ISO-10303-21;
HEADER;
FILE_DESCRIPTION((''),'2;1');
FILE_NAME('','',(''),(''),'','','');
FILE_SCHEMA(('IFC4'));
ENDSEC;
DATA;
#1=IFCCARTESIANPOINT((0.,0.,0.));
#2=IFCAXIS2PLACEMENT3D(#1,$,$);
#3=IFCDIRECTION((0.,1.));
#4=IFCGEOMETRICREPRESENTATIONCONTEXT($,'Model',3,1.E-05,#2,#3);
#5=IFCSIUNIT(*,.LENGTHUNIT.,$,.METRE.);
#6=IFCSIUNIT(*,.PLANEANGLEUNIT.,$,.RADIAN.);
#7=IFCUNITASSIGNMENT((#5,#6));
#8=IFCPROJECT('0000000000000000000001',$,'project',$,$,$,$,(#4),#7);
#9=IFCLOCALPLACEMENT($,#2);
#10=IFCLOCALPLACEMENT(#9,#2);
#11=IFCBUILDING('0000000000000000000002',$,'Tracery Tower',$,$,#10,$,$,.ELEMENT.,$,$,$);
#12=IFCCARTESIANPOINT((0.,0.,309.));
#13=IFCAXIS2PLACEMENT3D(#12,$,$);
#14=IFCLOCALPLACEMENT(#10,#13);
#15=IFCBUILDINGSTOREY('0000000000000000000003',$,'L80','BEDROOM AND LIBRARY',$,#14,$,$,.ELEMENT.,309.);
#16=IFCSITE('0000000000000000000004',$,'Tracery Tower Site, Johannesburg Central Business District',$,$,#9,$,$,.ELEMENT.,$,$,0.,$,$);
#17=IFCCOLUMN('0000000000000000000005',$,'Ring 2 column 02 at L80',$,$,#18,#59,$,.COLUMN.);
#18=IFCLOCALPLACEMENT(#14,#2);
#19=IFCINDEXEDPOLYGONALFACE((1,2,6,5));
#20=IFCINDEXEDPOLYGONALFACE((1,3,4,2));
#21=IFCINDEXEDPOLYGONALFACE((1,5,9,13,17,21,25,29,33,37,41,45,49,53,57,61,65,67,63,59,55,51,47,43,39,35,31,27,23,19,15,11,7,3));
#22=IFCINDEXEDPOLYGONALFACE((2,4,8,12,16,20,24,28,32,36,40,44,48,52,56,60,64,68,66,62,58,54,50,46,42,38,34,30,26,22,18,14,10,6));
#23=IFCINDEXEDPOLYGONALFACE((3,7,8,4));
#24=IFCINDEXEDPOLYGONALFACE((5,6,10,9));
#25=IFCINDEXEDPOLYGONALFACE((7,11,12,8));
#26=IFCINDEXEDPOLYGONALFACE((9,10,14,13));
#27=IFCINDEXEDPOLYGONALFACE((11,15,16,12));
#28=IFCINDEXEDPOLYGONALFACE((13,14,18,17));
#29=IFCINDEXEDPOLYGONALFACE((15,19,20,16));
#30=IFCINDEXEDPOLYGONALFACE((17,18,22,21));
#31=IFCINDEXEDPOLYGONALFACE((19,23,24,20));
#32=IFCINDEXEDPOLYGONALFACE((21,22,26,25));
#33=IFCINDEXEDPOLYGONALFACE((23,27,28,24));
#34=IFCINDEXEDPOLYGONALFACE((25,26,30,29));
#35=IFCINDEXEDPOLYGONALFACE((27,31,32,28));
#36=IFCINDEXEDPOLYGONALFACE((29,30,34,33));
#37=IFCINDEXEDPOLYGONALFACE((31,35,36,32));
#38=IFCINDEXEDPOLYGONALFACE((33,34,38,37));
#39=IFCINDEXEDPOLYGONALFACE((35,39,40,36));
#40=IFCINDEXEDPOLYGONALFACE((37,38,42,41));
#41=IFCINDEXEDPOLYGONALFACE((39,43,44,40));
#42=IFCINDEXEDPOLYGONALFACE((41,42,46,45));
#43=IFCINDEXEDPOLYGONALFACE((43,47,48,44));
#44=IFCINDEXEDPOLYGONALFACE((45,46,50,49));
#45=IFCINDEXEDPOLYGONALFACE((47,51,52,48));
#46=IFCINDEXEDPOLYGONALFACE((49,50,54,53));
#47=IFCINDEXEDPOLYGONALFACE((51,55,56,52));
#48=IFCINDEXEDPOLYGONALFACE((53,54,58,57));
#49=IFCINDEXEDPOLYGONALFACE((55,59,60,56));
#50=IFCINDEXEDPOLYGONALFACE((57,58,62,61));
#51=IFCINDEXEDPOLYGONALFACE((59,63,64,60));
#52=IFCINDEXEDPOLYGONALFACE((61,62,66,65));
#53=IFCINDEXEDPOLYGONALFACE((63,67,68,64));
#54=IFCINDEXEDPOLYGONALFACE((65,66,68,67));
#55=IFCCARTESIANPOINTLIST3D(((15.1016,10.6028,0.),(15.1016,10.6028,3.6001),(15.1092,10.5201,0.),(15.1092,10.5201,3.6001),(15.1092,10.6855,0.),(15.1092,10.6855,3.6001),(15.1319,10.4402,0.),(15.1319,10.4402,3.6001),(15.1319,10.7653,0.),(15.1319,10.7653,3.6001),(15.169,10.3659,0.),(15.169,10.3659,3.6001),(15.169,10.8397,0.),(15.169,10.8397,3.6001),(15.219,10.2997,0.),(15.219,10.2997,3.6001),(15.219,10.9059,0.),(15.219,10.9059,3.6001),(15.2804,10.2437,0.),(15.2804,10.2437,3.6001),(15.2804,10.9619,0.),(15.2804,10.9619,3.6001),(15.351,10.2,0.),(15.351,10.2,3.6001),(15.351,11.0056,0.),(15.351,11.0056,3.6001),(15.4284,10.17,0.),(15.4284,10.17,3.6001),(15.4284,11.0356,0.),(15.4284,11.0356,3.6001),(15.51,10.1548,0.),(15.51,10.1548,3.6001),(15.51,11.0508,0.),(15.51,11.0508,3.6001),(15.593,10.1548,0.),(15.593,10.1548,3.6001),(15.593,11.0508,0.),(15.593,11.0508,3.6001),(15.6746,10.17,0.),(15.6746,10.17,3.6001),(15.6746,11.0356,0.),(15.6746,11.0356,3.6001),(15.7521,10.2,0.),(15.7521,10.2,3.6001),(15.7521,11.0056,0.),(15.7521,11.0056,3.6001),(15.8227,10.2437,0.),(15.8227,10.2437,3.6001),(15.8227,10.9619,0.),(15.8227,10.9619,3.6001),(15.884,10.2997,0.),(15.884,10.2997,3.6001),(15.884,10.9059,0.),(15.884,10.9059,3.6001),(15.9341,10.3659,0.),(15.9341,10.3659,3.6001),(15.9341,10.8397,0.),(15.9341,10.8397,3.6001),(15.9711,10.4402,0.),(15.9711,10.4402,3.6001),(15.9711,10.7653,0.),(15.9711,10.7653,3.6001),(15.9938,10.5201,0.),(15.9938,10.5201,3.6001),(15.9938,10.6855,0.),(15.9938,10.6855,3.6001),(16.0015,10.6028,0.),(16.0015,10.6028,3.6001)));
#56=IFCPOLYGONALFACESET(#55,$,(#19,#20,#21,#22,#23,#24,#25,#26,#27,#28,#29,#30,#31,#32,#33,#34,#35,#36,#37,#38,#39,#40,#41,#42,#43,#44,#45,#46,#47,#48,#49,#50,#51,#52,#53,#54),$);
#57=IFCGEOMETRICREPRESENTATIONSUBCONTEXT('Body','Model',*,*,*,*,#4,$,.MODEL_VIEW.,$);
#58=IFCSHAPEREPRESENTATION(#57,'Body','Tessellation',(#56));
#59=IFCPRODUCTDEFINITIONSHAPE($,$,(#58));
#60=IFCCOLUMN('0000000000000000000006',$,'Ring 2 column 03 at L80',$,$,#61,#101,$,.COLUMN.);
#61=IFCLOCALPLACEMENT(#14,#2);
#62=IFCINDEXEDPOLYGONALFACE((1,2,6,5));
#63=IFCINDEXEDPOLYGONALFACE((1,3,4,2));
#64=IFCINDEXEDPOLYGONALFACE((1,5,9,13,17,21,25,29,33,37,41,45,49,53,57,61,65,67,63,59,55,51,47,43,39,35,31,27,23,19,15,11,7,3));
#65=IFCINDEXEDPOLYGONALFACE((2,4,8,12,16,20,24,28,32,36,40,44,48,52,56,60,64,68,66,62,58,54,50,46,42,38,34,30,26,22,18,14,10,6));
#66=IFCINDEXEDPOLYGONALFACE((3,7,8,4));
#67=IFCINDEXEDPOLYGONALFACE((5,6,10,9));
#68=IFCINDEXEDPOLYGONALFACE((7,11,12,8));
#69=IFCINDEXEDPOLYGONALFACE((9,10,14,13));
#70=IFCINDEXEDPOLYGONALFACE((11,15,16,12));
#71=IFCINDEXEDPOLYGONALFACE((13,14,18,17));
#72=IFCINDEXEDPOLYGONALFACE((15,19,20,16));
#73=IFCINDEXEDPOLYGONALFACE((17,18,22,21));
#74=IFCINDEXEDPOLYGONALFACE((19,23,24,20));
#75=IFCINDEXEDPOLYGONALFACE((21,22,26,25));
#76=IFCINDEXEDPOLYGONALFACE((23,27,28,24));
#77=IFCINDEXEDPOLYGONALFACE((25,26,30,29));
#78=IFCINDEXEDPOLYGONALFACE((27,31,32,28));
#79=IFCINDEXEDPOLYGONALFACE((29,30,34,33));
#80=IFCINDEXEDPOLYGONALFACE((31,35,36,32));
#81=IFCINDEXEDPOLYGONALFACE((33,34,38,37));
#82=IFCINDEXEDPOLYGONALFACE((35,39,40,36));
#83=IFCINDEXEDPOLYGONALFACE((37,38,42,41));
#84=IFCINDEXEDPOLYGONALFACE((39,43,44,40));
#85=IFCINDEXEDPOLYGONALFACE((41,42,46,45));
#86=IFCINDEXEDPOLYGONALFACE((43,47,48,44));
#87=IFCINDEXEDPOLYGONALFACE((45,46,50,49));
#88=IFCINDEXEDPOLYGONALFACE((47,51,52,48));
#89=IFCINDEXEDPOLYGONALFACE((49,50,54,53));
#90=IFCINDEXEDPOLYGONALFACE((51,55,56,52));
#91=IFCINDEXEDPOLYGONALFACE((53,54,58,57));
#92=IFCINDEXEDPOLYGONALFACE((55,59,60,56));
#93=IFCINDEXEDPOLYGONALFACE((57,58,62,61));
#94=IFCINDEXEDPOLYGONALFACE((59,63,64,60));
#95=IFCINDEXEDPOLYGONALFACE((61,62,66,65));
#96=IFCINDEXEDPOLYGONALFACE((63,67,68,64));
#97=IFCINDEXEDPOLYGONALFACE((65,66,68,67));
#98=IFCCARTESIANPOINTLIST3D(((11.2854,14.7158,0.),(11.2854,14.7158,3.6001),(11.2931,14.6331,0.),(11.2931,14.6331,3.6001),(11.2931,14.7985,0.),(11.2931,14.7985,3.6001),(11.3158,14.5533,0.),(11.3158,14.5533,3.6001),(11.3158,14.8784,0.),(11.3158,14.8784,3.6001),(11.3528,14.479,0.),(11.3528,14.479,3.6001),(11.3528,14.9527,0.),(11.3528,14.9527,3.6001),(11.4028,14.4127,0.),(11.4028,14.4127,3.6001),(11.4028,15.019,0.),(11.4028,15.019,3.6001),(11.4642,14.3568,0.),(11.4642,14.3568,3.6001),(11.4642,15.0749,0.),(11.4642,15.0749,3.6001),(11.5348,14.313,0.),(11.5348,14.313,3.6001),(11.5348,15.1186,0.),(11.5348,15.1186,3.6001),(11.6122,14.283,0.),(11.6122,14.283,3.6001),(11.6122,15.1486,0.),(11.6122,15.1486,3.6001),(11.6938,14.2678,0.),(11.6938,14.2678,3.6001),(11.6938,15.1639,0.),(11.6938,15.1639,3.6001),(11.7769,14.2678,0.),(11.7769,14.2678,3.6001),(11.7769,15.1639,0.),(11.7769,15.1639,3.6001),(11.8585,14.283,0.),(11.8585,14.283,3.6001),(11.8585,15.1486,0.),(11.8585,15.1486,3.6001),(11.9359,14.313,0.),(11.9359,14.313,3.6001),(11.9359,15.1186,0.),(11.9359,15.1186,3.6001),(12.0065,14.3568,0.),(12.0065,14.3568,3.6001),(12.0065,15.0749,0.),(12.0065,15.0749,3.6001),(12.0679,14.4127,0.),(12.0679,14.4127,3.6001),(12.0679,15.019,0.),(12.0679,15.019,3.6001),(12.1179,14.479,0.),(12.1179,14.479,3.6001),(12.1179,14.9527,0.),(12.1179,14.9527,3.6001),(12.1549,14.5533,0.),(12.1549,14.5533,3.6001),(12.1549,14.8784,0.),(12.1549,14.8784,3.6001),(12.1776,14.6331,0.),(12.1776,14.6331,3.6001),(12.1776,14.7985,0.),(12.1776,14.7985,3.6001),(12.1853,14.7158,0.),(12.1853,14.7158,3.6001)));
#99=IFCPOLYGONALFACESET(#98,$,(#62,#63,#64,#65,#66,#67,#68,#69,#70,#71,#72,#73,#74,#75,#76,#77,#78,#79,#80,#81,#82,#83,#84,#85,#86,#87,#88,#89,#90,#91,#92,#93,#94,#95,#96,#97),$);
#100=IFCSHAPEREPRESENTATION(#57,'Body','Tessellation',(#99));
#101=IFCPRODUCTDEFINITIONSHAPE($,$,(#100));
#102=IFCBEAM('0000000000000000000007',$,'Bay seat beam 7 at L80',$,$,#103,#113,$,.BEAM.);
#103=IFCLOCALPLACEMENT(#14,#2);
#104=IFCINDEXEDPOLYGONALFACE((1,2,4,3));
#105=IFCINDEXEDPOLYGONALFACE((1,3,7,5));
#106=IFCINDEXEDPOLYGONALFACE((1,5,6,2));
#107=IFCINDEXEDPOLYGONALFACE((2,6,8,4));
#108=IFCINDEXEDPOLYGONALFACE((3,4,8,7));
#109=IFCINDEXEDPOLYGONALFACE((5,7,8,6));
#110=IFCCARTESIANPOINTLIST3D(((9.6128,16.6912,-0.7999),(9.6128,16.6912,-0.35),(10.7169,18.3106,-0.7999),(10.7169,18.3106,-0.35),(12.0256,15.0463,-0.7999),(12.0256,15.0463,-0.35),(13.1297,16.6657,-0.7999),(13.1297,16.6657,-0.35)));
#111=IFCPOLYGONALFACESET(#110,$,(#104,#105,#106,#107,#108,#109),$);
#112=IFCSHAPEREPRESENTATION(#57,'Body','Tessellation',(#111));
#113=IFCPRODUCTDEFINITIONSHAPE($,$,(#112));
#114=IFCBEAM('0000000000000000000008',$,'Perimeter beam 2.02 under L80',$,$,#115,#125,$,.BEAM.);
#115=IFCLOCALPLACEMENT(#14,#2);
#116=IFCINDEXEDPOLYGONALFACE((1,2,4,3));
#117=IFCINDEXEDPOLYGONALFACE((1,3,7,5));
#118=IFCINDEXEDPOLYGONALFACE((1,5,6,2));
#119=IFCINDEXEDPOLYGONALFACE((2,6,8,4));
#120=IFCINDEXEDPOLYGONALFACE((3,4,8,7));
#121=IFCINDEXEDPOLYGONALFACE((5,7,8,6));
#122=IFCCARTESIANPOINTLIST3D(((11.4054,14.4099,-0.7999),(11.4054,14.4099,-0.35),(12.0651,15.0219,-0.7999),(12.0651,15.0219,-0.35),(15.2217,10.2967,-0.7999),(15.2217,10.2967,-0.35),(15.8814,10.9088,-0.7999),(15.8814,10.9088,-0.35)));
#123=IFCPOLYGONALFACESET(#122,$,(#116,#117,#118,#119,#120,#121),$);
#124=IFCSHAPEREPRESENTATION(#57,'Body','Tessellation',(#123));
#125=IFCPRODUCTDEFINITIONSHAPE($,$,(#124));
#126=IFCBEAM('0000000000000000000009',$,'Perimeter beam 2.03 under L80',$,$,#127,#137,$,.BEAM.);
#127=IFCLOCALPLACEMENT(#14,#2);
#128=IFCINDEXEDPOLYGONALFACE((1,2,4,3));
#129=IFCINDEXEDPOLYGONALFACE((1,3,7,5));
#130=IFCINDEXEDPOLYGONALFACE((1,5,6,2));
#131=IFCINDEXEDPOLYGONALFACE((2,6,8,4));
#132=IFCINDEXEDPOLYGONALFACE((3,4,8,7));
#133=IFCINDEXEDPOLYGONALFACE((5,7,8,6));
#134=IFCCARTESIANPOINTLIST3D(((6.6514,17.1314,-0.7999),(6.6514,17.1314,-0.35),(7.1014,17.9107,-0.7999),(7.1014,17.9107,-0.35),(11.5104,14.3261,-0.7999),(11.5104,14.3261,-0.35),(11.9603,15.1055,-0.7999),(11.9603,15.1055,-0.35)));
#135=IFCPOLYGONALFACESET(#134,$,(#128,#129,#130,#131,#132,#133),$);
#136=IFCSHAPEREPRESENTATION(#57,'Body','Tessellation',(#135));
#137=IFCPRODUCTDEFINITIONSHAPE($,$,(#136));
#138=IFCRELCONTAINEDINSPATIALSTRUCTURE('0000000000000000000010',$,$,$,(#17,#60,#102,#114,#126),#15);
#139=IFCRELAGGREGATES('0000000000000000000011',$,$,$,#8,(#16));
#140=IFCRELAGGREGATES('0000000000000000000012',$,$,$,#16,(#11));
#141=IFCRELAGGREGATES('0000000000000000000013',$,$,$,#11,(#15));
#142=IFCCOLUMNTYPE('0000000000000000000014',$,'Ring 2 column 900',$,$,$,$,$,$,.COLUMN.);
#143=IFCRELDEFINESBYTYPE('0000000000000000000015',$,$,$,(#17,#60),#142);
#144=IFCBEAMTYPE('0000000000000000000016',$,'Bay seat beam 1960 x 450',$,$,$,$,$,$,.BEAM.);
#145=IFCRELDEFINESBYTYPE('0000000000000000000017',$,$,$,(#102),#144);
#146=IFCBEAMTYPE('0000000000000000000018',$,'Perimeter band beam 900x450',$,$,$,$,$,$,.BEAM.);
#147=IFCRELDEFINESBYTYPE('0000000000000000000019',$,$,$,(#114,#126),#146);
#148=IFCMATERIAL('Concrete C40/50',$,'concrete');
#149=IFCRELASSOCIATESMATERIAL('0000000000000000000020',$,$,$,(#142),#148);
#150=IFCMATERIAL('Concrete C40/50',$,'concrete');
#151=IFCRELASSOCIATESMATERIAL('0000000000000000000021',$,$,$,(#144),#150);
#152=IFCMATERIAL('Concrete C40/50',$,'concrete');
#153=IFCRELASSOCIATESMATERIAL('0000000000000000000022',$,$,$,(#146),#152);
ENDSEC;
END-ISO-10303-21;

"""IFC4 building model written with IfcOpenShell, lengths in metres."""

from ifc_helpers import new_model, si_unit, direction, frame, origin, origin_2d, place, context, subcontext, project, spatial, rectangle, circle, extrude, material, material_profile, profile_set, type_object, element, save


model = new_model("IFC4")

# Units and contexts
model_context = context("Model", 3, precision=1e-05, world=origin(), true_north=direction((0.0, 1.0)))
body_context = subcontext(model_context, "Body", "Model", "MODEL_VIEW")
ifc_project = project(units=[si_unit("LENGTHUNIT", "METRE"), si_unit("PLANEANGLEUNIT", "RADIAN")], contexts=[model_context])

# Site, building, storey
site_placement = place(None, origin())
site = spatial("IfcSite", under=ifc_project, at=site_placement, Name="Tracery Tower Site, Johannesburg Central Business District", CompositionType="ELEMENT", RefElevation=0.0)
building_placement = place(site_placement, origin())
building = spatial("IfcBuilding", under=site, at=building_placement, Name="Tracery Tower", CompositionType="ELEMENT")
storey_placement = place(building_placement, frame((0.0, 0.0, 309.0)))
storey = spatial("IfcBuildingStorey", under=building, at=storey_placement, Name="L80", Description="BEDROOM AND LIBRARY", CompositionType="ELEMENT", Elevation=309.0)

# Columns
ifc_material_1 = material(Name="Concrete C40/50", Category="concrete")
ifc_material_profile_1 = material_profile(ifc_material_1, circle(Radius=0.45, at=origin_2d()), Name="RC D900")
ifc_profile_set_1 = profile_set([ifc_material_profile_1], Name="Concrete C40/50")
column_type = type_object("IfcColumnType", Name="Ring 2 column 900", PredefinedType="COLUMN", material=ifc_profile_set_1)
for number, where, z_axis, x_axis, name in (
    (1, (15.5515, 10.6028, 0.0), (0.0, 0.0, 1.0), (1.0, 0.0, 0.0), "Ring 2 column 02 at L80"),
    (2, (11.7354, 14.7158, 0.0), (0.0, 0.0, 1.0), (1.0, 0.0, 0.0), "Ring 2 column 03 at L80"),
):
    element("IfcColumn", number, at=place(storey_placement, frame(where, z_axis=z_axis, x_axis=x_axis)), inside=storey, type_object=column_type, Name=name, PredefinedType="COLUMN", context=body_context, shape_type="SweptSolid", body=[
        extrude(circle(Radius=0.45, at=origin_2d()), origin(), (0.0, 0.0, 1.0), 3.6001),
    ])

# Beams
ifc_material_2 = material(Name="Concrete C40/50", Category="concrete")
ifc_material_profile_2 = material_profile(ifc_material_2, rectangle(XDim=1.96, YDim=0.45, at=origin_2d()), Name="RC 1960x450")
ifc_profile_set_2 = profile_set([ifc_material_profile_2], Name="Concrete C40/50")
beam_type_1 = type_object("IfcBeamType", Name="Bay seat beam 1960 x 450", PredefinedType="BEAM", material=ifc_profile_set_2)
beam_1_placement = place(storey_placement, frame((12.5776, 15.856, -0.575), z_axis=(-0.826243, 0.563313, 0.0), x_axis=(-0.563313, -0.826243, 0.0)))
element("IfcBeam", 3, at=beam_1_placement, inside=storey, type_object=beam_type_1, Name="Bay seat beam 7 at L80", PredefinedType="BEAM", context=body_context, shape_type="SweptSolid", body=[
    extrude(rectangle(XDim=1.96, YDim=0.45, at=origin_2d()), origin(), (0.0, 0.0, 1.0), 2.9202),
])
ifc_material_3 = material(Name="Concrete C40/50", Category="concrete")
ifc_material_profile_3 = material_profile(ifc_material_3, rectangle(XDim=0.8999, YDim=0.45, at=origin_2d()), Name="RC 900x450")
ifc_profile_set_3 = profile_set([ifc_material_profile_3], Name="Concrete C40/50")
beam_type_2 = type_object("IfcBeamType", Name="Perimeter band beam 900x450", PredefinedType="BEAM", material=ifc_profile_set_3)
beam_2_placement = place(storey_placement, frame((15.5515, 10.6028, -0.575), z_axis=(-0.680156, 0.733068, 0.0), x_axis=(-0.733068, -0.680156, 0.0)))
element("IfcBeam", 4, at=beam_2_placement, inside=storey, type_object=beam_type_2, Name="Perimeter beam 2.02 under L80", PredefinedType="BEAM", context=body_context, shape_type="SweptSolid", body=[
    extrude(rectangle(XDim=0.8999, YDim=0.45, at=origin_2d()), origin(), (0.0, 0.0, 1.0), 5.6108),
])
beam_3_placement = place(storey_placement, frame((11.7354, 14.7158, -0.575), z_axis=(-0.866033, 0.499986, 0.0), x_axis=(-0.499986, -0.866033, 0.0)))
element("IfcBeam", 5, at=beam_3_placement, inside=storey, type_object=beam_type_2, Name="Perimeter beam 2.03 under L80", PredefinedType="BEAM", context=body_context, shape_type="SweptSolid", body=[
    extrude(rectangle(XDim=0.8999, YDim=0.45, at=origin_2d()), origin(), (0.0, 0.0, 1.0), 5.6106),
])

save(model, "model.ifc")
